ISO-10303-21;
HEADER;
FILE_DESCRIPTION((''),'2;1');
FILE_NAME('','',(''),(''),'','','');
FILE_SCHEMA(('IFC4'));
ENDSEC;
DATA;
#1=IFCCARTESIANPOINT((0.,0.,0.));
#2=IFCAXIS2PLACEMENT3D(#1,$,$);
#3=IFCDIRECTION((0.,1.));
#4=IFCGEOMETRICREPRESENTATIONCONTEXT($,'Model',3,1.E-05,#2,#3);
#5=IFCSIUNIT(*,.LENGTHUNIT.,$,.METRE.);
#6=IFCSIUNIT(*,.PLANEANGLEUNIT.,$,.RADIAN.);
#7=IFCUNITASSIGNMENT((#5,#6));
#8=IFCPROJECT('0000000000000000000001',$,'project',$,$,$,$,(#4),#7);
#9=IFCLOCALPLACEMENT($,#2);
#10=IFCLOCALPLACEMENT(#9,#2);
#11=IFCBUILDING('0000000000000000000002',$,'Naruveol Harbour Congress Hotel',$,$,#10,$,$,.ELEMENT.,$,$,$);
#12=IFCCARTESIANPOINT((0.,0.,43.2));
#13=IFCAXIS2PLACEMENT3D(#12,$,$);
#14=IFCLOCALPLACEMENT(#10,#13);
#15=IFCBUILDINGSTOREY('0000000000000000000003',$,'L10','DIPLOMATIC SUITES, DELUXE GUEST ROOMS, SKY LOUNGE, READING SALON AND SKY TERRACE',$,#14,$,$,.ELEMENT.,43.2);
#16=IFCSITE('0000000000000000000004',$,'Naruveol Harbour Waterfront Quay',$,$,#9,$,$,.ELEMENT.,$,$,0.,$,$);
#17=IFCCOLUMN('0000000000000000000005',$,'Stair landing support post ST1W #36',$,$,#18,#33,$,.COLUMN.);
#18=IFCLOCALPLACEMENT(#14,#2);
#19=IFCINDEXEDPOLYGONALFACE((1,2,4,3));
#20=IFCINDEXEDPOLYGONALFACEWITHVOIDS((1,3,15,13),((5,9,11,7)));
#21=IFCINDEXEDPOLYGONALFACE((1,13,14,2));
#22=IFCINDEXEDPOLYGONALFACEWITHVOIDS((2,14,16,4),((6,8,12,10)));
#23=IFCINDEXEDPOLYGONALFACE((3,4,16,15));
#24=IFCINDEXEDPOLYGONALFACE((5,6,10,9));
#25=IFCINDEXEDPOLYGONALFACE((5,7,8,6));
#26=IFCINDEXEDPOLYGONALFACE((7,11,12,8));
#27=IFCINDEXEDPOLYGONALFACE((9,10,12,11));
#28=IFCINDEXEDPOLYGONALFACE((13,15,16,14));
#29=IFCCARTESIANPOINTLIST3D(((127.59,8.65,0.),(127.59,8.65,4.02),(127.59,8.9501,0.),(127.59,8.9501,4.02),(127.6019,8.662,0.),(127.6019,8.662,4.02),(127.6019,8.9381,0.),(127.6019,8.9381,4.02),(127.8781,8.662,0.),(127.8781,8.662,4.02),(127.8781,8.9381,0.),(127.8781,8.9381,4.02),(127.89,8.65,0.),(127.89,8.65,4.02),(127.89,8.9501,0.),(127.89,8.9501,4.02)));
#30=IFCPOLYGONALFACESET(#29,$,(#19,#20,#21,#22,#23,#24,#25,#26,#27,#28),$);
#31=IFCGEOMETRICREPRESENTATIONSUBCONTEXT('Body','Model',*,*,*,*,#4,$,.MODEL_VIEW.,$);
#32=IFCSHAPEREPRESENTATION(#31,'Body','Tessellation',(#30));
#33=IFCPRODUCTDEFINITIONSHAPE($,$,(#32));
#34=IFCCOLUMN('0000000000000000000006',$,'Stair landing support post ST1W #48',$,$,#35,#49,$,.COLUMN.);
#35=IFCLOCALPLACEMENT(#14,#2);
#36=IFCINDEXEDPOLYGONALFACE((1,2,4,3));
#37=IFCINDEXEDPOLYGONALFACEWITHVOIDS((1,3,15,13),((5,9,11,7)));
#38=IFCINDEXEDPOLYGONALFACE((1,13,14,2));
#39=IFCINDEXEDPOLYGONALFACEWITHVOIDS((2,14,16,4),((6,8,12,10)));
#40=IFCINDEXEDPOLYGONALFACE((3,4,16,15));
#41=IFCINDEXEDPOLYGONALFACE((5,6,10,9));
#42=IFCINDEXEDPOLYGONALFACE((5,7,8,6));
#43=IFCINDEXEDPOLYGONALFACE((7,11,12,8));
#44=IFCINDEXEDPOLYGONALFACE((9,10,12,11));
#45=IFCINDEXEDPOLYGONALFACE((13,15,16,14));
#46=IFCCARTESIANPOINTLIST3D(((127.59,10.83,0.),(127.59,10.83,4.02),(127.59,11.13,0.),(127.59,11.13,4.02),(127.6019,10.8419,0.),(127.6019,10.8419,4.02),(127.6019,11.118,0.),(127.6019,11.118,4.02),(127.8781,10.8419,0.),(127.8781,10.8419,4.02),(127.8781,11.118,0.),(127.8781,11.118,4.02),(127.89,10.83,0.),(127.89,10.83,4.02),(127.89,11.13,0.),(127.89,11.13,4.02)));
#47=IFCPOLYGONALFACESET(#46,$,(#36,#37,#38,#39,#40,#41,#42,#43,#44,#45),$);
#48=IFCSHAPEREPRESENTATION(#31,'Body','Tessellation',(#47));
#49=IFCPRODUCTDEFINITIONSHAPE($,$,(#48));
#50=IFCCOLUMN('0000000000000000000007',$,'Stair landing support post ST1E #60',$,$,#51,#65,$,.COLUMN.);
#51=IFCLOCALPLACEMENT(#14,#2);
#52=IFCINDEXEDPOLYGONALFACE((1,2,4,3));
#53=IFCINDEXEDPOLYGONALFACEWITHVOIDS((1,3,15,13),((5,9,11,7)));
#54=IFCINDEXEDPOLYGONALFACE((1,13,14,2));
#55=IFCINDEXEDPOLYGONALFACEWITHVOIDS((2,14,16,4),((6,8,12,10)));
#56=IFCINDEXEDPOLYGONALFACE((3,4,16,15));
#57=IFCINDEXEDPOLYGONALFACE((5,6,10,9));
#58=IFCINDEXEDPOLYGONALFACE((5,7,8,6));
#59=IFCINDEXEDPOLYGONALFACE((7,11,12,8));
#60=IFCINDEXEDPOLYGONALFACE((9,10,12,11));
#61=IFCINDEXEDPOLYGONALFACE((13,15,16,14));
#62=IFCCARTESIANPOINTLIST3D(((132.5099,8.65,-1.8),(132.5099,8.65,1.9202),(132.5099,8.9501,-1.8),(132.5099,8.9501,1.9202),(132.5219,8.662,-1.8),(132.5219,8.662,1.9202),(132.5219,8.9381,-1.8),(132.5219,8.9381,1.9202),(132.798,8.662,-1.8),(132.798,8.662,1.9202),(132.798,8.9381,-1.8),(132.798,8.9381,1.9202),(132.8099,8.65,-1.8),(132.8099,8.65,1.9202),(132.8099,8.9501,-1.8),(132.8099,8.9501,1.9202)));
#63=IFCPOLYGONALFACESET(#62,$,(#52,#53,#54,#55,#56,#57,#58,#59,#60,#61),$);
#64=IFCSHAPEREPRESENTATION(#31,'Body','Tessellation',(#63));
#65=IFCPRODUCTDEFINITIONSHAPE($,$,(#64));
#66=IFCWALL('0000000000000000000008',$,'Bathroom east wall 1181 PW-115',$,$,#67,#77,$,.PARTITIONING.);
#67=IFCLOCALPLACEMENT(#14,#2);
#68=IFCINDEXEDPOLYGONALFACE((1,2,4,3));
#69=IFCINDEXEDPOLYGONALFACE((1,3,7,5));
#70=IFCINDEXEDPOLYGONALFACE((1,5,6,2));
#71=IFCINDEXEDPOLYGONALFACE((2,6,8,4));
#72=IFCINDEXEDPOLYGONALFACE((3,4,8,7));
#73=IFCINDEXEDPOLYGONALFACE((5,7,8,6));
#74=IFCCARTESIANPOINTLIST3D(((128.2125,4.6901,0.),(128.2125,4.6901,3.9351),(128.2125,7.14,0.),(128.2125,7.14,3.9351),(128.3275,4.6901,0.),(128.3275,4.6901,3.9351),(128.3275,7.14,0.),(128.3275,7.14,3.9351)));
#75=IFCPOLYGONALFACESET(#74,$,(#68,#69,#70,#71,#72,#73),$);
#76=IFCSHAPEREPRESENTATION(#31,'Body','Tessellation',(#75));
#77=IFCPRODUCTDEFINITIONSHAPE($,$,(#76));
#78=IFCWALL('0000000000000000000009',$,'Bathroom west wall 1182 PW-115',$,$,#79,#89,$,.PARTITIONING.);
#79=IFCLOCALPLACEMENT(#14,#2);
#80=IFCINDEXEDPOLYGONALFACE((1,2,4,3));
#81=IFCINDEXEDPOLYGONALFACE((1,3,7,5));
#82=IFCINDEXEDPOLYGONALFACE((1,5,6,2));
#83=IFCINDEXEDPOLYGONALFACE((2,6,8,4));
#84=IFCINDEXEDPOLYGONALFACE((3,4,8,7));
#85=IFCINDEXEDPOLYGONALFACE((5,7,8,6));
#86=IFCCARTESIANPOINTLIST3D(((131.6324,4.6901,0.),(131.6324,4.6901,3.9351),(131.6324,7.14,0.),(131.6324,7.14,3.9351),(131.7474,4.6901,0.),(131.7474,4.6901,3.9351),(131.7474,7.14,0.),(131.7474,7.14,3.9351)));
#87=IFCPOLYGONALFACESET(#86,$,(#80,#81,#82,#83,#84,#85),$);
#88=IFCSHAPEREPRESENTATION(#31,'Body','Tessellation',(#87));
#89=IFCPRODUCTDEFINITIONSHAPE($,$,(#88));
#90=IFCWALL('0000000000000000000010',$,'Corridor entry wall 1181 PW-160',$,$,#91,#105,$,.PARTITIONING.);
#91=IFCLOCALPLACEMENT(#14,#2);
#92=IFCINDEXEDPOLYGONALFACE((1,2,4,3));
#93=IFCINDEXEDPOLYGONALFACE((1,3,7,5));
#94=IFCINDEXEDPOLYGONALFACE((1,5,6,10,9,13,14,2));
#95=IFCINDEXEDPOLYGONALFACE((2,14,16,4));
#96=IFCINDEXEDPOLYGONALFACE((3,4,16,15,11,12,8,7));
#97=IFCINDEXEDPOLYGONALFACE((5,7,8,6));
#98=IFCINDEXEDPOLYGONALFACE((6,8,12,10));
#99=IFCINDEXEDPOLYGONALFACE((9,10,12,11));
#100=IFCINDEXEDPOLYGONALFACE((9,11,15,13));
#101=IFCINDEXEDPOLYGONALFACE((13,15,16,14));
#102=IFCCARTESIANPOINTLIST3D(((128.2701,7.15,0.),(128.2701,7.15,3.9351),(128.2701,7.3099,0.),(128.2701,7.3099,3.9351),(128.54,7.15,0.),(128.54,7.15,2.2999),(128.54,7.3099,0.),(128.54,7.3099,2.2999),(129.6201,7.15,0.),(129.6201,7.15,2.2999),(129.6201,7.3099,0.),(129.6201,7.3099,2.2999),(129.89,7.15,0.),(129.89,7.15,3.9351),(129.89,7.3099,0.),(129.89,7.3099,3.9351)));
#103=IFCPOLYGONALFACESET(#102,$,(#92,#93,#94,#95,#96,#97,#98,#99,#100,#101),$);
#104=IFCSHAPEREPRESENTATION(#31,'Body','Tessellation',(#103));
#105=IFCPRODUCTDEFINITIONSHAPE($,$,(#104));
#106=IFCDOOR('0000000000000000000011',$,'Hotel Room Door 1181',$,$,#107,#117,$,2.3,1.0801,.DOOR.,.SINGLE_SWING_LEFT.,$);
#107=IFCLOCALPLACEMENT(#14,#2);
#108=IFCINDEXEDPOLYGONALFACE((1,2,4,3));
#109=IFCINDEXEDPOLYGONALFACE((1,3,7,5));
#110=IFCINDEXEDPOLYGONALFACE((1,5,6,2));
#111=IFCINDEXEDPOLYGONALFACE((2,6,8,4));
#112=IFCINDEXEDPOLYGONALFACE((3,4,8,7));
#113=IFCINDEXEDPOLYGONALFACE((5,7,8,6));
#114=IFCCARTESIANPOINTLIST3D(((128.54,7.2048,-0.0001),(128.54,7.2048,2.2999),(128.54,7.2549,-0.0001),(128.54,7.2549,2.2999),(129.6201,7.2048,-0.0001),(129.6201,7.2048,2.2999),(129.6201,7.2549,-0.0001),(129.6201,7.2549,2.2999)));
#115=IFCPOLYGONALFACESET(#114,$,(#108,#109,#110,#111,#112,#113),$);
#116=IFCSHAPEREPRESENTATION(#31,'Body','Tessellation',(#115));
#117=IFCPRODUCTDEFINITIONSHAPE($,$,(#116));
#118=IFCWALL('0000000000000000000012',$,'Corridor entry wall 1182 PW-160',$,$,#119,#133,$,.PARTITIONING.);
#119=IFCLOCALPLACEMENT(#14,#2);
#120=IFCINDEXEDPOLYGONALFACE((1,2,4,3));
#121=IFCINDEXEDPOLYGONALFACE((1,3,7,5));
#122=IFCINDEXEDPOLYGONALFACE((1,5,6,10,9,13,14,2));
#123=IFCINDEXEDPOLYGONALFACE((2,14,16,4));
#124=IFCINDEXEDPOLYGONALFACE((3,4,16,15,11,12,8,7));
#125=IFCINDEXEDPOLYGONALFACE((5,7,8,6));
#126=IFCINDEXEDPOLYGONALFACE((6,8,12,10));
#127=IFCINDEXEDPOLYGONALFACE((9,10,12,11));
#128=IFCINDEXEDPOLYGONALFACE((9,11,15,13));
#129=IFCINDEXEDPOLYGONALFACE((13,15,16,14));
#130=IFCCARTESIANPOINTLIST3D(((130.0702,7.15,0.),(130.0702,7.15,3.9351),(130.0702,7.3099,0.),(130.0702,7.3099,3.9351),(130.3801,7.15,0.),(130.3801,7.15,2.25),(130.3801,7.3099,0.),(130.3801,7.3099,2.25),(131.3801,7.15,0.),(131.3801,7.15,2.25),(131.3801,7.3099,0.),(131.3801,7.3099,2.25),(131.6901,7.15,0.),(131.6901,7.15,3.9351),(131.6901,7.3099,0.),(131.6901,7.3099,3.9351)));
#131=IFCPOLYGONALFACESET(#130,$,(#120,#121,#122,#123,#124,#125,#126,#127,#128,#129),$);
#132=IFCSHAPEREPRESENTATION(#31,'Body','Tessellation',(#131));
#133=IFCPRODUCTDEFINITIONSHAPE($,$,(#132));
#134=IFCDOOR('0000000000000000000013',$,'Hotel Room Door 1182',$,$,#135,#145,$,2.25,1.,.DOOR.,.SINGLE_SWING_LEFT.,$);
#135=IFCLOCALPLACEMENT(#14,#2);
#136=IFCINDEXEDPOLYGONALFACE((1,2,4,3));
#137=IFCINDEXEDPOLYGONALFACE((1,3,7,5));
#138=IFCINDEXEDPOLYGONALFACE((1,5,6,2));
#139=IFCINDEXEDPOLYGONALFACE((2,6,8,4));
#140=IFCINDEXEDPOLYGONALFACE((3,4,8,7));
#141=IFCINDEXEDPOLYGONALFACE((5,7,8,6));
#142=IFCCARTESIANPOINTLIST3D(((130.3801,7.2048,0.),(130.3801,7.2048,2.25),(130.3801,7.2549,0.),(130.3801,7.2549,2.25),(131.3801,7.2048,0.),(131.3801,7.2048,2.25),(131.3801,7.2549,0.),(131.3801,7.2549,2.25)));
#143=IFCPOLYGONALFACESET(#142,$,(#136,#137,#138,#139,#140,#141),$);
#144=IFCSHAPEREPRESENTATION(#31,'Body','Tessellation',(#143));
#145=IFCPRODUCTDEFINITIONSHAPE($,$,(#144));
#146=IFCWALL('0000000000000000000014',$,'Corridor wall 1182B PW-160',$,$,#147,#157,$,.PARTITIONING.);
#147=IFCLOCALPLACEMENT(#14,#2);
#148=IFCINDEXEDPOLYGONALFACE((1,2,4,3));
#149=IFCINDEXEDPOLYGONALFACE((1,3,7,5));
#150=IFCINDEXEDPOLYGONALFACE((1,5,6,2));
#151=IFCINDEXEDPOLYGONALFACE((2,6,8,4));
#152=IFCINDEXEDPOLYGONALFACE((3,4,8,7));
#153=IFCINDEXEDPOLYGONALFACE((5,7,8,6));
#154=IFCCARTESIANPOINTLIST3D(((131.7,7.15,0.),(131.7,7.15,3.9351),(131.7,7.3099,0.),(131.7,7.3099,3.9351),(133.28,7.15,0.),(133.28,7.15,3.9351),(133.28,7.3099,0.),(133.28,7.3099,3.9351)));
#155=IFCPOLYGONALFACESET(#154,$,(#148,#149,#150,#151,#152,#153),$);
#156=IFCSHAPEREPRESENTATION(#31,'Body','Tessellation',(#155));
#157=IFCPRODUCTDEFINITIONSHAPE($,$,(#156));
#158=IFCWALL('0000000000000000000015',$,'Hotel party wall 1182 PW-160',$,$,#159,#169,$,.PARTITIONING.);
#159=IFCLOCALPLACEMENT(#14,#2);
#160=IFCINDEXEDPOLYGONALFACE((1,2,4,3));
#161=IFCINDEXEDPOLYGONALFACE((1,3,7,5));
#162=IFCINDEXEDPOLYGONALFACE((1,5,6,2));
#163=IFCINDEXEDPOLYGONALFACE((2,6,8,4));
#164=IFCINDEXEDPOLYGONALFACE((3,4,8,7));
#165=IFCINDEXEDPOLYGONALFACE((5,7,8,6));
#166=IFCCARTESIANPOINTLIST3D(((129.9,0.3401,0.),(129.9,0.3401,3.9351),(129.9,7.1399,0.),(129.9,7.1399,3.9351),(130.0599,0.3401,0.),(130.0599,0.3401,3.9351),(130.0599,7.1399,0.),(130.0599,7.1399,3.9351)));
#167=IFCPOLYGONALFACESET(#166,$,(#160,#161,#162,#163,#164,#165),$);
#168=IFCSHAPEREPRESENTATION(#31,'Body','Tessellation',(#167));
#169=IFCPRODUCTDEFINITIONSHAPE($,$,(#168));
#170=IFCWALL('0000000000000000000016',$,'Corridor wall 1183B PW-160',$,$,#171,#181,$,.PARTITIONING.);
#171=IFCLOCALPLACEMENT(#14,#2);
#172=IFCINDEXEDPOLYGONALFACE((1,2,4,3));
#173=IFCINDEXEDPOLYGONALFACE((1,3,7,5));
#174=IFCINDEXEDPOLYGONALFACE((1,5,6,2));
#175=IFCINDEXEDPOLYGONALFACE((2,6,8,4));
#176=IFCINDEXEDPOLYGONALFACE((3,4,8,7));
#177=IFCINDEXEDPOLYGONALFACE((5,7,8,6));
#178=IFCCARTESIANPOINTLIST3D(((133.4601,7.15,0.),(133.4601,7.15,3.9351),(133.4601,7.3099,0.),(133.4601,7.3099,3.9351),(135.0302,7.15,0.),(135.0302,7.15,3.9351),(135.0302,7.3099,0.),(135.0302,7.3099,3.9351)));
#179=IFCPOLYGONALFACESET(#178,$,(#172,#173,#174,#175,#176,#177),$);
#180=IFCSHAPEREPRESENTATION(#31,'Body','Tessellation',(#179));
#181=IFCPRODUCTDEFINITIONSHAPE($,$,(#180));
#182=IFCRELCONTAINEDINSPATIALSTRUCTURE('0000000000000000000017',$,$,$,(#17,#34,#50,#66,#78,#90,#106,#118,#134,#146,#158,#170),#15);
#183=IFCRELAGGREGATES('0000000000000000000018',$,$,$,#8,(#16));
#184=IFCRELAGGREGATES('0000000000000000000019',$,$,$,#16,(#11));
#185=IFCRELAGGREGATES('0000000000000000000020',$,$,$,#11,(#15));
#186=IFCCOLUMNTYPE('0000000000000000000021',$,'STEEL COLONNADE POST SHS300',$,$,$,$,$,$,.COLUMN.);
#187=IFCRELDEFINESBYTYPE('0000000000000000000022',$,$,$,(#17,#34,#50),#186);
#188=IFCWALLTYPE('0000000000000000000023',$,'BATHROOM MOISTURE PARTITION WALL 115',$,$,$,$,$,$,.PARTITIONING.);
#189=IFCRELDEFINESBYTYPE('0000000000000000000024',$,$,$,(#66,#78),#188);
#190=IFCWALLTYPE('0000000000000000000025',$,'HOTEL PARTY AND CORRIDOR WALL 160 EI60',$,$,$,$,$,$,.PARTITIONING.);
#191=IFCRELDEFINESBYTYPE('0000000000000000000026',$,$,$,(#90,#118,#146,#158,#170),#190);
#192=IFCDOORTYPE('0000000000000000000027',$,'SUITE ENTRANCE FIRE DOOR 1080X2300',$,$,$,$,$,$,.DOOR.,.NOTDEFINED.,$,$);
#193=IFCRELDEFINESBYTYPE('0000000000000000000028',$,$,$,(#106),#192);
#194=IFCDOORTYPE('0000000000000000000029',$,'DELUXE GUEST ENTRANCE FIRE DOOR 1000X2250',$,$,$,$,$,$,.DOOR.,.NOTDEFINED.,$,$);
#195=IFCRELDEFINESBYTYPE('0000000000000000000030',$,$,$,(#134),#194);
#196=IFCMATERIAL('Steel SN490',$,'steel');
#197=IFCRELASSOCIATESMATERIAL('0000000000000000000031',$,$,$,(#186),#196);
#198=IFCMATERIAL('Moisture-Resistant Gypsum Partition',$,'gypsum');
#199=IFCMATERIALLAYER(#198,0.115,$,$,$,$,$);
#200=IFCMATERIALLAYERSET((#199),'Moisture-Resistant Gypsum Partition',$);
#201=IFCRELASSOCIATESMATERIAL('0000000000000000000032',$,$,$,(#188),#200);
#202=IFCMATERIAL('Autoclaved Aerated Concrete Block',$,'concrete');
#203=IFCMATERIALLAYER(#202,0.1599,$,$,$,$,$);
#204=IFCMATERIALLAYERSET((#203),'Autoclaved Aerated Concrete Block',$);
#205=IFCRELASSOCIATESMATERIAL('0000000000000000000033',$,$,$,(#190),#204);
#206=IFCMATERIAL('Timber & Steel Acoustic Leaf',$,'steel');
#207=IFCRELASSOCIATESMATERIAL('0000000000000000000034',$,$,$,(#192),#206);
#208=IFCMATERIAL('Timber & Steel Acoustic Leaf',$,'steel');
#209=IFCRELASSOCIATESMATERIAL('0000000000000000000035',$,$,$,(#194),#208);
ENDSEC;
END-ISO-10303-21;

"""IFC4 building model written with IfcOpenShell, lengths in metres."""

from ifc_helpers import new_model, si_unit, direction, frame, frame_2d, origin, origin_2d, place, context, subcontext, project, spatial, rectangle, hollow_rectangle, extrude, material, layer, layer_set, material_profile, profile_set, type_object, element, fill, save


model = new_model("IFC4")

# Units and contexts
model_context = context("Model", 3, precision=1e-05, world=origin(), true_north=direction((0.0, 1.0)))
body_context = subcontext(model_context, "Body", "Model", "MODEL_VIEW")
ifc_project = project(units=[si_unit("LENGTHUNIT", "METRE"), si_unit("PLANEANGLEUNIT", "RADIAN")], contexts=[model_context])

# Site, building, storey
site_placement = place(None, origin())
site = spatial("IfcSite", under=ifc_project, at=site_placement, Name="Naruveol Harbour Waterfront Quay", CompositionType="ELEMENT", RefElevation=0.0)
building_placement = place(site_placement, origin())
building = spatial("IfcBuilding", under=site, at=building_placement, Name="Naruveol Harbour Congress Hotel", CompositionType="ELEMENT")
storey_placement = place(building_placement, frame((0.0, 0.0, 43.2)))
storey = spatial("IfcBuildingStorey", under=building, at=storey_placement, Name="L10", Description="DIPLOMATIC SUITES, DELUXE GUEST ROOMS, SKY LOUNGE, READING SALON AND SKY TERRACE", CompositionType="ELEMENT", Elevation=43.2)

# Columns
ifc_material_1 = material(Name="Steel SN490", Category="steel")
ifc_material_profile = material_profile(ifc_material_1, hollow_rectangle(XDim=0.3, YDim=0.3, WallThickness=0.012, at=origin_2d()), Name="SHS-300x300x12")
ifc_profile_set = profile_set([ifc_material_profile], Name="Steel SN490")
column_type = type_object("IfcColumnType", Name="STEEL COLONNADE POST SHS300", PredefinedType="COLUMN", material=ifc_profile_set)
for number, where, z_axis, x_axis, name in (
    (1, (127.74, 8.8, 0.0), (0.0, 0.0, 1.0), (1.0, 0.0, 0.0), "Stair landing support post ST1W #36"),
    (2, (127.74, 10.98, 0.0), (0.0, 0.0, 1.0), (1.0, 0.0, 0.0), "Stair landing support post ST1W #48"),
):
    element("IfcColumn", number, at=place(storey_placement, frame(where, z_axis=z_axis, x_axis=x_axis)), inside=storey, type_object=column_type, Name=name, PredefinedType="COLUMN", context=body_context, shape_type="SweptSolid", body=[
        extrude(hollow_rectangle(XDim=0.3, YDim=0.3, WallThickness=0.012, at=origin_2d()), origin(), (0.0, 0.0, 1.0), 4.02),
    ])
column_placement = place(storey_placement, frame((132.6599, 8.8, -1.8), z_axis=(0.0, 0.0, 1.0), x_axis=(1.0, 0.0, 0.0)))
element("IfcColumn", 3, at=column_placement, inside=storey, type_object=column_type, Name="Stair landing support post ST1E #60", PredefinedType="COLUMN", context=body_context, shape_type="SweptSolid", body=[
    extrude(hollow_rectangle(XDim=0.3, YDim=0.3, WallThickness=0.012, at=origin_2d()), origin(), (0.0, 0.0, 1.0), 3.7202),
])

# Wall
ifc_material_2 = material(Name="Moisture-Resistant Gypsum Partition", Category="gypsum")
ifc_layer_1 = layer(ifc_material_2, 0.115)
ifc_layer_set_1 = layer_set([ifc_layer_1], Name="Moisture-Resistant Gypsum Partition")
wall_type_1 = type_object("IfcWallType", Name="BATHROOM MOISTURE PARTITION WALL 115", PredefinedType="PARTITIONING", material=ifc_layer_set_1)
wall_1_placement = place(storey_placement, frame((128.27, 4.6899, 0.0), z_axis=(0.0, 0.0, 1.0), x_axis=(0.0, 1.0, 0.0)))
element("IfcWall", 4, at=wall_1_placement, inside=storey, type_object=wall_type_1, Name="Bathroom east wall 1181 PW-115", PredefinedType="PARTITIONING", context=body_context, shape_type="SweptSolid", body=[
    extrude(rectangle(XDim=2.45, YDim=0.115, at=frame_2d((1.2251, 0.0))), origin(), (0.0, 0.0, 1.0), 3.9351),
])

# Wall
wall_2_placement = place(storey_placement, frame((131.6899, 4.6899, 0.0), z_axis=(0.0, 0.0, 1.0), x_axis=(0.0, 1.0, 0.0)))
element("IfcWall", 5, at=wall_2_placement, inside=storey, type_object=wall_type_1, Name="Bathroom west wall 1182 PW-115", PredefinedType="PARTITIONING", context=body_context, shape_type="SweptSolid", body=[
    extrude(rectangle(XDim=2.45, YDim=0.115, at=frame_2d((1.2251, 0.0))), origin(), (0.0, 0.0, 1.0), 3.9351),
])

# Walls, openings, doors
ifc_material_3 = material(Name="Autoclaved Aerated Concrete Block", Category="concrete")
ifc_layer_2 = layer(ifc_material_3, 0.1599)
ifc_layer_set_2 = layer_set([ifc_layer_2], Name="Autoclaved Aerated Concrete Block")
wall_type_2 = type_object("IfcWallType", Name="HOTEL PARTY AND CORRIDOR WALL 160 EI60", PredefinedType="PARTITIONING", material=ifc_layer_set_2)
wall_3_placement = place(storey_placement, frame((128.27, 7.23, 0.0), z_axis=(0.0, 0.0, 1.0), x_axis=(1.0, 0.0, 0.0)))
wall_3 = element("IfcWall", 6, at=wall_3_placement, inside=storey, type_object=wall_type_2, Name="Corridor entry wall 1181 PW-160", PredefinedType="PARTITIONING", context=body_context, shape_type="SweptSolid", body=[
    extrude(rectangle(XDim=1.6199, YDim=0.1599, at=frame_2d((0.8101, 0.0))), origin(), (0.0, 0.0, 1.0), 3.9351),
])
opening_1_placement = place(wall_3_placement, frame((0.27, 0.0, 0.0)))
opening_1 = element("IfcOpeningElement", 7, at=opening_1_placement, cuts=wall_3, PredefinedType="OPENING", context=body_context, shape_type="SweptSolid", body=[
    extrude(rectangle(XDim=1.0801, YDim=2.3, at=frame_2d((0.54, 1.1499))), frame((0.0, 0.0898, 0.0), z_axis=(0.0, -1.0, 0.0), x_axis=(1.0, 0.0, 0.0)), (0.0, 0.0, 1.0), 0.1799),
])
ifc_material_4 = material(Name="Timber & Steel Acoustic Leaf", Category="steel")
door_type_1 = type_object("IfcDoorType", Name="SUITE ENTRANCE FIRE DOOR 1080X2300", OperationType="NOTDEFINED", PredefinedType="DOOR", material=ifc_material_4)
door_1_placement = place(opening_1_placement, origin())
door_1 = element("IfcDoor", 8, at=door_1_placement, inside=storey, type_object=door_type_1, Name="Hotel Room Door 1181", OperationType="SINGLE_SWING_LEFT", OverallHeight=2.3, OverallWidth=1.0801, PredefinedType="DOOR", context=body_context, shape_type="SweptSolid", body=[
    extrude(rectangle(XDim=1.0801, YDim=2.3, at=frame_2d((0.54, 1.1499))), frame((0.0, 0.0249, 0.0), z_axis=(0.0, -1.0, 0.0), x_axis=(1.0, 0.0, 0.0)), (0.0, 0.0, 1.0), 0.05),
])
fill(opening_1, door_1)
wall_4_placement = place(storey_placement, frame((130.0701, 7.23, 0.0), z_axis=(0.0, 0.0, 1.0), x_axis=(1.0, 0.0, 0.0)))
wall_4 = element("IfcWall", 9, at=wall_4_placement, inside=storey, type_object=wall_type_2, Name="Corridor entry wall 1182 PW-160", PredefinedType="PARTITIONING", context=body_context, shape_type="SweptSolid", body=[
    extrude(rectangle(XDim=1.6199, YDim=0.1599, at=frame_2d((0.8101, 0.0))), origin(), (0.0, 0.0, 1.0), 3.9351),
])
opening_2_placement = place(wall_4_placement, frame((0.3101, 0.0, 0.0)))
opening_2 = element("IfcOpeningElement", 10, at=opening_2_placement, cuts=wall_4, PredefinedType="OPENING", context=body_context, shape_type="SweptSolid", body=[
    extrude(rectangle(XDim=1.0, YDim=2.25, at=frame_2d((0.5, 1.125))), frame((0.0, 0.0898, 0.0), z_axis=(0.0, -1.0, 0.0), x_axis=(1.0, 0.0, 0.0)), (0.0, 0.0, 1.0), 0.1799),
])
ifc_material_5 = material(Name="Timber & Steel Acoustic Leaf", Category="steel")
door_type_2 = type_object("IfcDoorType", Name="DELUXE GUEST ENTRANCE FIRE DOOR 1000X2250", OperationType="NOTDEFINED", PredefinedType="DOOR", material=ifc_material_5)
door_2_placement = place(opening_2_placement, origin())
door_2 = element("IfcDoor", 11, at=door_2_placement, inside=storey, type_object=door_type_2, Name="Hotel Room Door 1182", OperationType="SINGLE_SWING_LEFT", OverallHeight=2.25, OverallWidth=1.0, PredefinedType="DOOR", context=body_context, shape_type="SweptSolid", body=[
    extrude(rectangle(XDim=1.0, YDim=2.25, at=frame_2d((0.5, 1.125))), frame((0.0, 0.0249, 0.0), z_axis=(0.0, -1.0, 0.0), x_axis=(1.0, 0.0, 0.0)), (0.0, 0.0, 1.0), 0.05),
])
fill(opening_2, door_2)

# Walls
wall_5_placement = place(storey_placement, frame((131.7, 7.23, 0.0), z_axis=(0.0, 0.0, 1.0), x_axis=(1.0, 0.0, 0.0)))
element("IfcWall", 12, at=wall_5_placement, inside=storey, type_object=wall_type_2, Name="Corridor wall 1182B PW-160", PredefinedType="PARTITIONING", context=body_context, shape_type="SweptSolid", body=[
    extrude(rectangle(XDim=1.5801, YDim=0.1599, at=frame_2d((0.79, 0.0))), origin(), (0.0, 0.0, 1.0), 3.9351),
])
wall_6_placement = place(storey_placement, frame((129.98, 0.3401, 0.0), z_axis=(0.0, 0.0, 1.0), x_axis=(0.0, 1.0, 0.0)))
element("IfcWall", 13, at=wall_6_placement, inside=storey, type_object=wall_type_2, Name="Hotel party wall 1182 PW-160", PredefinedType="PARTITIONING", context=body_context, shape_type="SweptSolid", body=[
    extrude(rectangle(XDim=6.7998, YDim=0.1599, at=frame_2d((3.3999, 0.0))), origin(), (0.0, 0.0, 1.0), 3.9351),
])
wall_7_placement = place(storey_placement, frame((133.46, 7.23, 0.0), z_axis=(0.0, 0.0, 1.0), x_axis=(1.0, 0.0, 0.0)))
element("IfcWall", 14, at=wall_7_placement, inside=storey, type_object=wall_type_2, Name="Corridor wall 1183B PW-160", PredefinedType="PARTITIONING", context=body_context, shape_type="SweptSolid", body=[
    extrude(rectangle(XDim=1.5701, YDim=0.1599, at=frame_2d((0.7852, 0.0))), origin(), (0.0, 0.0, 1.0), 3.9351),
])

save(model, "model.ifc")
